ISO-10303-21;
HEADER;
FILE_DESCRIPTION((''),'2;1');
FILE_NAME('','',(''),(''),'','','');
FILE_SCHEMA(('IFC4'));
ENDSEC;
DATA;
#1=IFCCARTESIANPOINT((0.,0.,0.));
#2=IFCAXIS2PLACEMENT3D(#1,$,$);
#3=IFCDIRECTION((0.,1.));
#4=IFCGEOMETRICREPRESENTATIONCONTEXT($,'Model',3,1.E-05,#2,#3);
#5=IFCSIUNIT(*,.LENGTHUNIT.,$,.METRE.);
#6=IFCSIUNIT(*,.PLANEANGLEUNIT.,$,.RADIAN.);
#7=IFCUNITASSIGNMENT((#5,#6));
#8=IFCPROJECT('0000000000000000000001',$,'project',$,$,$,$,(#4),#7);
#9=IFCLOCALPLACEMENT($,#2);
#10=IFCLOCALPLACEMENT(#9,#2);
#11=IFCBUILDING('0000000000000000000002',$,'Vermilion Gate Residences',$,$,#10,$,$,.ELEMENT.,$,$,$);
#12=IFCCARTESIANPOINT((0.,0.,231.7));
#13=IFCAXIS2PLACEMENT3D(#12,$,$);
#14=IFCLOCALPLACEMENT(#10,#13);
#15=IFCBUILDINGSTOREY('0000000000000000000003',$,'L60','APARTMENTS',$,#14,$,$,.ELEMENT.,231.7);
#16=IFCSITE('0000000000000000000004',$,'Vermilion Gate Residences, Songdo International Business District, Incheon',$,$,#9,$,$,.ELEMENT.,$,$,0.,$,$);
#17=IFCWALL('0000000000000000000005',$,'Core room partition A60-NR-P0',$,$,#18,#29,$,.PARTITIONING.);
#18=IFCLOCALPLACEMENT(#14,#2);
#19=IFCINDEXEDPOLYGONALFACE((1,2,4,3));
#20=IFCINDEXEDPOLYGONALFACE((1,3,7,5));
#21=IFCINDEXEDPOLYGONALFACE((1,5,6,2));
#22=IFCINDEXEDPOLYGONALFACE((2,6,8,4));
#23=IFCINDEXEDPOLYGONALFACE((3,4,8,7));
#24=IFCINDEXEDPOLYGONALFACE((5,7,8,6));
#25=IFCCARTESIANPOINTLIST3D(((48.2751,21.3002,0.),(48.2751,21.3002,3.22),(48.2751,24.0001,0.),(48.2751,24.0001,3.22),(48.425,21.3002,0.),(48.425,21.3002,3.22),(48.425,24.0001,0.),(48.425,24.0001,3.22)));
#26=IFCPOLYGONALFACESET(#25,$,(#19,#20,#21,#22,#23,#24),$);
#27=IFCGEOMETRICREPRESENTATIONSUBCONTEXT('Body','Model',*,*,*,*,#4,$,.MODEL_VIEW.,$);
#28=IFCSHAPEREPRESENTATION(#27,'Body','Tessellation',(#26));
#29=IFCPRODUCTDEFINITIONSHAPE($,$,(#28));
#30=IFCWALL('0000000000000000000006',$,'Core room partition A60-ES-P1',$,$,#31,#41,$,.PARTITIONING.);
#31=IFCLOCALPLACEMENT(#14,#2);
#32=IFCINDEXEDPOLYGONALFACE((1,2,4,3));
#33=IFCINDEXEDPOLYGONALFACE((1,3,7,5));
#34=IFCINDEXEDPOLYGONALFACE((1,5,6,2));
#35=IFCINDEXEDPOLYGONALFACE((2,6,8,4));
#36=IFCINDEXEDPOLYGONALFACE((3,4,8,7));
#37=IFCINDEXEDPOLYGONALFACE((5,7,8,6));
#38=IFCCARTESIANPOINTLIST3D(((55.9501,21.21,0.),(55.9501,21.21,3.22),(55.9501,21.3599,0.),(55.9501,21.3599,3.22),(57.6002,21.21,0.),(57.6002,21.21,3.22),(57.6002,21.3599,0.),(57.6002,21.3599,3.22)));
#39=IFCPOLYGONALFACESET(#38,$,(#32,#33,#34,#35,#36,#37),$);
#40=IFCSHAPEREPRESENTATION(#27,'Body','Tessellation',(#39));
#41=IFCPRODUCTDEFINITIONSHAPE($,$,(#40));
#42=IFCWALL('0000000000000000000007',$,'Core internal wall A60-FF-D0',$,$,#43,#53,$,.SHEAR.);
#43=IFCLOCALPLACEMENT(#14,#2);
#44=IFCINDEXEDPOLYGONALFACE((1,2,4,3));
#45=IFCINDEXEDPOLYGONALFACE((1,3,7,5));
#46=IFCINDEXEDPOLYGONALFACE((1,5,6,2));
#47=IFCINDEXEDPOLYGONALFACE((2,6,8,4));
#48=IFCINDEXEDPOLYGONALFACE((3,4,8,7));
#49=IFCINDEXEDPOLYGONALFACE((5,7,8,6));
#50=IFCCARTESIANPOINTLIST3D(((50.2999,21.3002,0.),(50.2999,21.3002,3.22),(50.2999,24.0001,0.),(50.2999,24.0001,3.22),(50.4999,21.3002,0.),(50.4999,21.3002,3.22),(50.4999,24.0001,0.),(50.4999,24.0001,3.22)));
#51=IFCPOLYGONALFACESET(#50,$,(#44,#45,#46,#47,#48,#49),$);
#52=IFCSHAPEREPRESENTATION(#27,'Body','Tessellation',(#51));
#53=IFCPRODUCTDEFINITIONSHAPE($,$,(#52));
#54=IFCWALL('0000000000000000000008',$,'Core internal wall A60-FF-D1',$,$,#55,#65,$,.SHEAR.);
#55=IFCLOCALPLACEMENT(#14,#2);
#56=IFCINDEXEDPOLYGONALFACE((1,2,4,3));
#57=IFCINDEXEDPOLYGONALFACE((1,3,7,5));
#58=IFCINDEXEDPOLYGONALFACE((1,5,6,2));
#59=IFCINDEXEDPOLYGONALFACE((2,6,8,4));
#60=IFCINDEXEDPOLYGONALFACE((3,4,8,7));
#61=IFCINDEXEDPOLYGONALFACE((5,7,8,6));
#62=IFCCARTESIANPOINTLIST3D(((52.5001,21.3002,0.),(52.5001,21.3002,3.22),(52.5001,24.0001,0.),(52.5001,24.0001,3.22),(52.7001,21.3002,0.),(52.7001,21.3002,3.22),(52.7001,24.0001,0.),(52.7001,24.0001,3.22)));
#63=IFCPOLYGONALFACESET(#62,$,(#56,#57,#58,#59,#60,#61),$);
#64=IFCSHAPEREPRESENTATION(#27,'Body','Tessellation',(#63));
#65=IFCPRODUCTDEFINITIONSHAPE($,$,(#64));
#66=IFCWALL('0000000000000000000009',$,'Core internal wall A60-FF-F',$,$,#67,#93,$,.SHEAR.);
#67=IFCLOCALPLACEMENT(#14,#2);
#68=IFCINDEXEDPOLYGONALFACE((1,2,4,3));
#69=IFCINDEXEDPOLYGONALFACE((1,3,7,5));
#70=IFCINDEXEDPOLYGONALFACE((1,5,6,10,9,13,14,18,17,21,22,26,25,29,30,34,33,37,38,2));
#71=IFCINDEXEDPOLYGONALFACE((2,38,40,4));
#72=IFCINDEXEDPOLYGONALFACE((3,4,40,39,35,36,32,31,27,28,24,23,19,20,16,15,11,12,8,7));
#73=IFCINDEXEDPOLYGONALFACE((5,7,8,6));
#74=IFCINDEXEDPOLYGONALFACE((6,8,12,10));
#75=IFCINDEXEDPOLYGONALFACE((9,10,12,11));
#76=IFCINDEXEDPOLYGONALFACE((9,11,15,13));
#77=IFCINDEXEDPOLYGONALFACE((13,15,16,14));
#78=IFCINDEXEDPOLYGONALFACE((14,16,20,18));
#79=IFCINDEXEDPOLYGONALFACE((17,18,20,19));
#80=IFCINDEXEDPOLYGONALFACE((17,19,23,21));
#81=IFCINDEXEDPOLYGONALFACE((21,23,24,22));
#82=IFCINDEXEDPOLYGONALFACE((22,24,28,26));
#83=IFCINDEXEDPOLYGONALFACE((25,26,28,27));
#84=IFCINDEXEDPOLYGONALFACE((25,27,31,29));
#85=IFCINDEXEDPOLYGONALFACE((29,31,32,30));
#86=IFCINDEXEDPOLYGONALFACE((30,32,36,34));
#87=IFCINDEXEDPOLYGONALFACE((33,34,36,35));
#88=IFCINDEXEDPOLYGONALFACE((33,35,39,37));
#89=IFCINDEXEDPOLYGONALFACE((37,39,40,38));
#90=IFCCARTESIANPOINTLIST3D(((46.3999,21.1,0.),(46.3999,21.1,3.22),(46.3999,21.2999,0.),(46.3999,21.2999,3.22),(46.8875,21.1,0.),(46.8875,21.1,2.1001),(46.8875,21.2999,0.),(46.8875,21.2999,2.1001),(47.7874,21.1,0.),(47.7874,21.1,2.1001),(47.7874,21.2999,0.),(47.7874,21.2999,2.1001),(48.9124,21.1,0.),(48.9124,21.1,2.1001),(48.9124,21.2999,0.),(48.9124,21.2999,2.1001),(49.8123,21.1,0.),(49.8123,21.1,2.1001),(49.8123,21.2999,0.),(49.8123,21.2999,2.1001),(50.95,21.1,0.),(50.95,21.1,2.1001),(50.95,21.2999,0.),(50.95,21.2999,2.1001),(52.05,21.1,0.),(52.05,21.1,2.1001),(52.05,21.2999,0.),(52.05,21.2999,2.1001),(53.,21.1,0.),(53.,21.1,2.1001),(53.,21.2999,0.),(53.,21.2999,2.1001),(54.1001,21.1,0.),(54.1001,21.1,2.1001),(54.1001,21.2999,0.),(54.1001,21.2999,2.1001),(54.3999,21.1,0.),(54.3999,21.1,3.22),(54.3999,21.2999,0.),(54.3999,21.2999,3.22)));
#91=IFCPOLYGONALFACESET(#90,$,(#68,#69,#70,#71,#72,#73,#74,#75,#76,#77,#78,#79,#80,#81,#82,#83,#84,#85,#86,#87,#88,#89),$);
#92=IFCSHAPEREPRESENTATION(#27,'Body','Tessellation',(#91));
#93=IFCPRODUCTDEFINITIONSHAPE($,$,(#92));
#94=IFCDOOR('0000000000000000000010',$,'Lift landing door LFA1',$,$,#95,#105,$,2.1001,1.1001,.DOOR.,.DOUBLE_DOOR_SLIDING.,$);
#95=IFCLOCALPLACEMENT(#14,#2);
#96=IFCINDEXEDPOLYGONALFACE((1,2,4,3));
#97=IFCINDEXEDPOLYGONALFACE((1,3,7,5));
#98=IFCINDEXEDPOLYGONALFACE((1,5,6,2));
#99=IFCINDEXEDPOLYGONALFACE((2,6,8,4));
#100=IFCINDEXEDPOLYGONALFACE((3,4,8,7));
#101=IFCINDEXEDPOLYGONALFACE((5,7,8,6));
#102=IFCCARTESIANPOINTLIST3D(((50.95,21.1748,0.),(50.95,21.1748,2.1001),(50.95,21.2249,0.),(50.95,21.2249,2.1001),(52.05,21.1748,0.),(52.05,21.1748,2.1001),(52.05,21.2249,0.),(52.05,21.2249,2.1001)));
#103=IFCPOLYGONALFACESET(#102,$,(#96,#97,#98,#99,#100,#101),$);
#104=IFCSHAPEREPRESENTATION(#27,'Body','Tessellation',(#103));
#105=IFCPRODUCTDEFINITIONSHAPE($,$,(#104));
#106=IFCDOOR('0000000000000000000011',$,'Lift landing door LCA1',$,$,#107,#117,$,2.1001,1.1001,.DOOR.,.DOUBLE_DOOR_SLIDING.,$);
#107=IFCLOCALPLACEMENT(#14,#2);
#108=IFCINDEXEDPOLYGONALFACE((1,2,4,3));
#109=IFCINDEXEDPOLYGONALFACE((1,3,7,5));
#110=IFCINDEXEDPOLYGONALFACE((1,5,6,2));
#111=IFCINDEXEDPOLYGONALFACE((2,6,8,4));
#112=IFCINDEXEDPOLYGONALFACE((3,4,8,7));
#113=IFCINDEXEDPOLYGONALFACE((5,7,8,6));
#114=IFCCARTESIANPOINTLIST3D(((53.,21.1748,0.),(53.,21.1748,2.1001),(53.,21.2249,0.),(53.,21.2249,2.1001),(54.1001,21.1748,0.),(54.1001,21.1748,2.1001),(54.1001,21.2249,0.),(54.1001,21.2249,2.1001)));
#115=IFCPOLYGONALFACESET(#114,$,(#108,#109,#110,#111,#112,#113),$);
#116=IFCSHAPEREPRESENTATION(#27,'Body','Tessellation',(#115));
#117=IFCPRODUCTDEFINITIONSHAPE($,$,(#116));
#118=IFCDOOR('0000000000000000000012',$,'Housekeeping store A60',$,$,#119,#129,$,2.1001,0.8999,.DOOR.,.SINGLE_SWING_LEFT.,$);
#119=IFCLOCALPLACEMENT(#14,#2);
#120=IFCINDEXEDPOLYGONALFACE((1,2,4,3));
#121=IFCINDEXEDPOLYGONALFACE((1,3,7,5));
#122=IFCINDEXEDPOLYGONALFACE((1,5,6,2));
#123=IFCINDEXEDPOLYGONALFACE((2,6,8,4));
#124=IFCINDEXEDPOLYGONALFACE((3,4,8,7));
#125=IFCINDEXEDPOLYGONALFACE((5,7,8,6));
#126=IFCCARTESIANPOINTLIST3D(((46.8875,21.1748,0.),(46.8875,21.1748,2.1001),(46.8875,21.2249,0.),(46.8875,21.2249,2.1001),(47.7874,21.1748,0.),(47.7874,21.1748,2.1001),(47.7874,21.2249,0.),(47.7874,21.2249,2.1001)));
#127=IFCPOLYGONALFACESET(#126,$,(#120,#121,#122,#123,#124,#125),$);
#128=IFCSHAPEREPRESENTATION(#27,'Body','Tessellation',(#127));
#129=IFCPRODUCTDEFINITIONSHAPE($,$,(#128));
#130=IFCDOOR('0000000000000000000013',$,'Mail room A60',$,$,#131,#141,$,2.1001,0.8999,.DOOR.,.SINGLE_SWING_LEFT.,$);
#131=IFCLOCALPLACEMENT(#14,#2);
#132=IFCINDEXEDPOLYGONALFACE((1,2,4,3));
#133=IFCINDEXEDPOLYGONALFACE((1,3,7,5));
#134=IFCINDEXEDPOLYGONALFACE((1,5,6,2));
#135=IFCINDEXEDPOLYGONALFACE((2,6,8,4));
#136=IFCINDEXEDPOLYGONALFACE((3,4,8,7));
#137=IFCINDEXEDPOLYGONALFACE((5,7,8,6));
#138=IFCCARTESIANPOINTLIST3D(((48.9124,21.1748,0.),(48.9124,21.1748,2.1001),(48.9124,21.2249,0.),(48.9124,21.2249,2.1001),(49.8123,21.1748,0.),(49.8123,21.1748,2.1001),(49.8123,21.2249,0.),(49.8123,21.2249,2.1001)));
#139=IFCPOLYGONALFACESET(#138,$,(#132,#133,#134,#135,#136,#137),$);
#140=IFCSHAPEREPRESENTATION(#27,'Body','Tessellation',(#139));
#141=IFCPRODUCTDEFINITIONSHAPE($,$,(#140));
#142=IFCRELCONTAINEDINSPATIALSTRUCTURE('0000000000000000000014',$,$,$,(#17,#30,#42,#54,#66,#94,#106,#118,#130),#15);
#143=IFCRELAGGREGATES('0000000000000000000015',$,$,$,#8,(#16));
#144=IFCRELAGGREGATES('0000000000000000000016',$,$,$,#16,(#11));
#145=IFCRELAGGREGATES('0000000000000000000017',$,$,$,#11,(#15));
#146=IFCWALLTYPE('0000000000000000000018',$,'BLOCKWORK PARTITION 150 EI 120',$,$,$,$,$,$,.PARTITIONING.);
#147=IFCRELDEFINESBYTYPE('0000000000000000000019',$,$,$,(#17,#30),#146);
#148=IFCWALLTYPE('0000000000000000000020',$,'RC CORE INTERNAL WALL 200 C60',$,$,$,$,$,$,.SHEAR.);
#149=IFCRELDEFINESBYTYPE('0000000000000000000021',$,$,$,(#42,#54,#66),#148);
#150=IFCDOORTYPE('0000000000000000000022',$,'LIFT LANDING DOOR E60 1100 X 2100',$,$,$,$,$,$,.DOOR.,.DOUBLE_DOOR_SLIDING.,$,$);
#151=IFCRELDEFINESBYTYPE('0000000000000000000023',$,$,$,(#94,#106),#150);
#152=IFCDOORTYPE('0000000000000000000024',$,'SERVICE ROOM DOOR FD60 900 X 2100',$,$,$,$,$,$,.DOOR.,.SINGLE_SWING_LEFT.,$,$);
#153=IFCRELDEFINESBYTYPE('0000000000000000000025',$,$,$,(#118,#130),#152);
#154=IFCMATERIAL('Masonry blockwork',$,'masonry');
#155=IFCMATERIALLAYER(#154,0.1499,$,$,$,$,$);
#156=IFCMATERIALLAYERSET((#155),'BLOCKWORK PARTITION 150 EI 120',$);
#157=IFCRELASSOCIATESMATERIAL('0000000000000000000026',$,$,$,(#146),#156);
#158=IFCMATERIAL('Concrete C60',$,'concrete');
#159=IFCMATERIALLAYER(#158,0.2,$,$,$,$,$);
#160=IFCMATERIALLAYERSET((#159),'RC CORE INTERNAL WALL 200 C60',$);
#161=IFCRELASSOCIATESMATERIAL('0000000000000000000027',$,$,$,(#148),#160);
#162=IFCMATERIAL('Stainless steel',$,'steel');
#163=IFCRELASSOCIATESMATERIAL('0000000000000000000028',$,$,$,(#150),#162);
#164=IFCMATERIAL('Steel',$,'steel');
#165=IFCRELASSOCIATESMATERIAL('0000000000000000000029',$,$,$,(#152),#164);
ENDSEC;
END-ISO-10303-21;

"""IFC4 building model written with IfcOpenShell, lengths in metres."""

from ifc_helpers import new_model, si_unit, direction, frame, frame_2d, origin, place, context, subcontext, project, spatial, rectangle, extrude, material, layer, layer_set, type_object, element, fill, save


model = new_model("IFC4")

# Units and contexts
model_context = context("Model", 3, precision=1e-05, world=origin(), true_north=direction((0.0, 1.0)))
body_context = subcontext(model_context, "Body", "Model", "MODEL_VIEW")
ifc_project = project(units=[si_unit("LENGTHUNIT", "METRE"), si_unit("PLANEANGLEUNIT", "RADIAN")], contexts=[model_context])

# Site, building, storey
site_placement = place(None, origin())
site = spatial("IfcSite", under=ifc_project, at=site_placement, Name="Vermilion Gate Residences, Songdo International Business District, Incheon", CompositionType="ELEMENT", RefElevation=0.0)
building_placement = place(site_placement, origin())
building = spatial("IfcBuilding", under=site, at=building_placement, Name="Vermilion Gate Residences", CompositionType="ELEMENT")
storey_placement = place(building_placement, frame((0.0, 0.0, 231.7)))
storey = spatial("IfcBuildingStorey", under=building, at=storey_placement, Name="L60", Description="APARTMENTS", CompositionType="ELEMENT", Elevation=231.7)

# Walls
ifc_material_1 = material(Name="Masonry blockwork", Category="masonry")
ifc_layer_1 = layer(ifc_material_1, 0.1499)
ifc_layer_set_1 = layer_set([ifc_layer_1], Name="BLOCKWORK PARTITION 150 EI 120")
wall_type_1 = type_object("IfcWallType", Name="BLOCKWORK PARTITION 150 EI 120", PredefinedType="PARTITIONING", material=ifc_layer_set_1)
wall_1_placement = place(storey_placement, frame((48.3501, 21.3, 0.0), z_axis=(0.0, 0.0, 1.0), x_axis=(0.0, 1.0, 0.0)))
element("IfcWall", 1, at=wall_1_placement, inside=storey, type_object=wall_type_1, Name="Core room partition A60-NR-P0", PredefinedType="PARTITIONING", context=body_context, shape_type="SweptSolid", body=[
    extrude(rectangle(XDim=2.7, YDim=0.1499, at=frame_2d((1.3501, 0.0))), origin(), (0.0, 0.0, 1.0), 3.22),
])
wall_2_placement = place(storey_placement, frame((55.95, 21.2849, 0.0), z_axis=(0.0, 0.0, 1.0), x_axis=(1.0, 0.0, 0.0)))
element("IfcWall", 2, at=wall_2_placement, inside=storey, type_object=wall_type_1, Name="Core room partition A60-ES-P1", PredefinedType="PARTITIONING", context=body_context, shape_type="SweptSolid", body=[
    extrude(rectangle(XDim=1.6501, YDim=0.1499, at=frame_2d((0.8252, 0.0))), origin(), (0.0, 0.0, 1.0), 3.22),
])
ifc_material_2 = material(Name="Concrete C60", Category="concrete")
ifc_layer_2 = layer(ifc_material_2, 0.2)
ifc_layer_set_2 = layer_set([ifc_layer_2], Name="RC CORE INTERNAL WALL 200 C60")
wall_type_2 = type_object("IfcWallType", Name="RC CORE INTERNAL WALL 200 C60", PredefinedType="SHEAR", material=ifc_layer_set_2)
for number, where, z_axis, x_axis, name in (
    (3, (50.3999, 21.3, 0.0), (0.0, 0.0, 1.0), (0.0, 1.0, 0.0), "Core internal wall A60-FF-D0"),
    (4, (52.6001, 21.3, 0.0), (0.0, 0.0, 1.0), (0.0, 1.0, 0.0), "Core internal wall A60-FF-D1"),
):
    element("IfcWall", number, at=place(storey_placement, frame(where, z_axis=z_axis, x_axis=x_axis)), inside=storey, type_object=wall_type_2, Name=name, PredefinedType="SHEAR", context=body_context, shape_type="SweptSolid", body=[
        extrude(rectangle(XDim=2.7, YDim=0.2, at=frame_2d((1.3501, 0.0))), origin(), (0.0, 0.0, 1.0), 3.22),
    ])

# Wall, openings, doors
wall_3_placement = place(storey_placement, frame((46.3999, 21.2, 0.0), z_axis=(0.0, 0.0, 1.0), x_axis=(1.0, 0.0, 0.0)))
wall_3 = element("IfcWall", 5, at=wall_3_placement, inside=storey, type_object=wall_type_2, Name="Core internal wall A60-FF-F", PredefinedType="SHEAR", context=body_context, shape_type="SweptSolid", body=[
    extrude(rectangle(XDim=8.0, YDim=0.2, at=frame_2d((4.0, 0.0))), origin(), (0.0, 0.0, 1.0), 3.22),
])
opening_1_placement = place(wall_3_placement, frame((0.4875, 0.0, 0.0)))
opening_1 = element("IfcOpeningElement", 6, at=opening_1_placement, cuts=wall_3, PredefinedType="OPENING", context=body_context, shape_type="SweptSolid", body=[
    extrude(rectangle(XDim=0.8999, YDim=2.1001, at=frame_2d((0.45, 1.05))), frame((0.0, 0.1099, 0.0), z_axis=(0.0, -1.0, 0.0), x_axis=(1.0, 0.0, 0.0)), (0.0, 0.0, 1.0), 0.22),
])
opening_2_placement = place(wall_3_placement, frame((2.5125, 0.0, 0.0)))
opening_2 = element("IfcOpeningElement", 7, at=opening_2_placement, cuts=wall_3, PredefinedType="OPENING", context=body_context, shape_type="SweptSolid", body=[
    extrude(rectangle(XDim=0.8999, YDim=2.1001, at=frame_2d((0.45, 1.05))), frame((0.0, 0.1099, 0.0), z_axis=(0.0, -1.0, 0.0), x_axis=(1.0, 0.0, 0.0)), (0.0, 0.0, 1.0), 0.22),
])
opening_3_placement = place(wall_3_placement, frame((4.55, 0.0, 0.0)))
opening_3 = element("IfcOpeningElement", 8, at=opening_3_placement, cuts=wall_3, PredefinedType="OPENING", context=body_context, shape_type="SweptSolid", body=[
    extrude(rectangle(XDim=1.1001, YDim=2.1001, at=frame_2d((0.55, 1.05))), frame((0.0, 0.1099, 0.0), z_axis=(0.0, -1.0, 0.0), x_axis=(1.0, 0.0, 0.0)), (0.0, 0.0, 1.0), 0.22),
])
opening_4_placement = place(wall_3_placement, frame((6.6001, 0.0, 0.0)))
opening_4 = element("IfcOpeningElement", 9, at=opening_4_placement, cuts=wall_3, PredefinedType="OPENING", context=body_context, shape_type="SweptSolid", body=[
    extrude(rectangle(XDim=1.1001, YDim=2.1001, at=frame_2d((0.55, 1.05))), frame((0.0, 0.1099, 0.0), z_axis=(0.0, -1.0, 0.0), x_axis=(1.0, 0.0, 0.0)), (0.0, 0.0, 1.0), 0.22),
])
ifc_material_3 = material(Name="Stainless steel", Category="steel")
door_type_1 = type_object("IfcDoorType", Name="LIFT LANDING DOOR E60 1100 X 2100", OperationType="DOUBLE_DOOR_SLIDING", PredefinedType="DOOR", material=ifc_material_3)
door_1_placement = place(opening_3_placement, origin())
door_1 = element("IfcDoor", 10, at=door_1_placement, inside=storey, type_object=door_type_1, Name="Lift landing door LFA1", OperationType="DOUBLE_DOOR_SLIDING", OverallHeight=2.1001, OverallWidth=1.1001, PredefinedType="DOOR", context=body_context, shape_type="SweptSolid", body=[
    extrude(rectangle(XDim=1.1001, YDim=2.1001, at=frame_2d((0.55, 1.05))), frame((0.0, 0.0249, 0.0), z_axis=(0.0, -1.0, 0.0), x_axis=(1.0, 0.0, 0.0)), (0.0, 0.0, 1.0), 0.05),
])
fill(opening_3, door_1)
door_2_placement = place(opening_4_placement, origin())
door_2 = element("IfcDoor", 11, at=door_2_placement, inside=storey, type_object=door_type_1, Name="Lift landing door LCA1", OperationType="DOUBLE_DOOR_SLIDING", OverallHeight=2.1001, OverallWidth=1.1001, PredefinedType="DOOR", context=body_context, shape_type="SweptSolid", body=[
    extrude(rectangle(XDim=1.1001, YDim=2.1001, at=frame_2d((0.55, 1.05))), frame((0.0, 0.0249, 0.0), z_axis=(0.0, -1.0, 0.0), x_axis=(1.0, 0.0, 0.0)), (0.0, 0.0, 1.0), 0.05),
])
fill(opening_4, door_2)
ifc_material_4 = material(Name="Steel", Category="steel")
door_type_2 = type_object("IfcDoorType", Name="SERVICE ROOM DOOR FD60 900 X 2100", OperationType="SINGLE_SWING_LEFT", PredefinedType="DOOR", material=ifc_material_4)
door_3_placement = place(opening_1_placement, origin())
door_3 = element("IfcDoor", 12, at=door_3_placement, inside=storey, type_object=door_type_2, Name="Housekeeping store A60", OperationType="SINGLE_SWING_LEFT", OverallHeight=2.1001, OverallWidth=0.8999, PredefinedType="DOOR", context=body_context, shape_type="SweptSolid", body=[
    extrude(rectangle(XDim=0.8999, YDim=2.1001, at=frame_2d((0.45, 1.05))), frame((0.0, 0.0249, 0.0), z_axis=(0.0, -1.0, 0.0), x_axis=(1.0, 0.0, 0.0)), (0.0, 0.0, 1.0), 0.05),
])
fill(opening_1, door_3)
door_4_placement = place(opening_2_placement, origin())
door_4 = element("IfcDoor", 13, at=door_4_placement, inside=storey, type_object=door_type_2, Name="Mail room A60", OperationType="SINGLE_SWING_LEFT", OverallHeight=2.1001, OverallWidth=0.8999, PredefinedType="DOOR", context=body_context, shape_type="SweptSolid", body=[
    extrude(rectangle(XDim=0.8999, YDim=2.1001, at=frame_2d((0.45, 1.05))), frame((0.0, 0.0249, 0.0), z_axis=(0.0, -1.0, 0.0), x_axis=(1.0, 0.0, 0.0)), (0.0, 0.0, 1.0), 0.05),
])
fill(opening_2, door_4)

save(model, "model.ifc")
